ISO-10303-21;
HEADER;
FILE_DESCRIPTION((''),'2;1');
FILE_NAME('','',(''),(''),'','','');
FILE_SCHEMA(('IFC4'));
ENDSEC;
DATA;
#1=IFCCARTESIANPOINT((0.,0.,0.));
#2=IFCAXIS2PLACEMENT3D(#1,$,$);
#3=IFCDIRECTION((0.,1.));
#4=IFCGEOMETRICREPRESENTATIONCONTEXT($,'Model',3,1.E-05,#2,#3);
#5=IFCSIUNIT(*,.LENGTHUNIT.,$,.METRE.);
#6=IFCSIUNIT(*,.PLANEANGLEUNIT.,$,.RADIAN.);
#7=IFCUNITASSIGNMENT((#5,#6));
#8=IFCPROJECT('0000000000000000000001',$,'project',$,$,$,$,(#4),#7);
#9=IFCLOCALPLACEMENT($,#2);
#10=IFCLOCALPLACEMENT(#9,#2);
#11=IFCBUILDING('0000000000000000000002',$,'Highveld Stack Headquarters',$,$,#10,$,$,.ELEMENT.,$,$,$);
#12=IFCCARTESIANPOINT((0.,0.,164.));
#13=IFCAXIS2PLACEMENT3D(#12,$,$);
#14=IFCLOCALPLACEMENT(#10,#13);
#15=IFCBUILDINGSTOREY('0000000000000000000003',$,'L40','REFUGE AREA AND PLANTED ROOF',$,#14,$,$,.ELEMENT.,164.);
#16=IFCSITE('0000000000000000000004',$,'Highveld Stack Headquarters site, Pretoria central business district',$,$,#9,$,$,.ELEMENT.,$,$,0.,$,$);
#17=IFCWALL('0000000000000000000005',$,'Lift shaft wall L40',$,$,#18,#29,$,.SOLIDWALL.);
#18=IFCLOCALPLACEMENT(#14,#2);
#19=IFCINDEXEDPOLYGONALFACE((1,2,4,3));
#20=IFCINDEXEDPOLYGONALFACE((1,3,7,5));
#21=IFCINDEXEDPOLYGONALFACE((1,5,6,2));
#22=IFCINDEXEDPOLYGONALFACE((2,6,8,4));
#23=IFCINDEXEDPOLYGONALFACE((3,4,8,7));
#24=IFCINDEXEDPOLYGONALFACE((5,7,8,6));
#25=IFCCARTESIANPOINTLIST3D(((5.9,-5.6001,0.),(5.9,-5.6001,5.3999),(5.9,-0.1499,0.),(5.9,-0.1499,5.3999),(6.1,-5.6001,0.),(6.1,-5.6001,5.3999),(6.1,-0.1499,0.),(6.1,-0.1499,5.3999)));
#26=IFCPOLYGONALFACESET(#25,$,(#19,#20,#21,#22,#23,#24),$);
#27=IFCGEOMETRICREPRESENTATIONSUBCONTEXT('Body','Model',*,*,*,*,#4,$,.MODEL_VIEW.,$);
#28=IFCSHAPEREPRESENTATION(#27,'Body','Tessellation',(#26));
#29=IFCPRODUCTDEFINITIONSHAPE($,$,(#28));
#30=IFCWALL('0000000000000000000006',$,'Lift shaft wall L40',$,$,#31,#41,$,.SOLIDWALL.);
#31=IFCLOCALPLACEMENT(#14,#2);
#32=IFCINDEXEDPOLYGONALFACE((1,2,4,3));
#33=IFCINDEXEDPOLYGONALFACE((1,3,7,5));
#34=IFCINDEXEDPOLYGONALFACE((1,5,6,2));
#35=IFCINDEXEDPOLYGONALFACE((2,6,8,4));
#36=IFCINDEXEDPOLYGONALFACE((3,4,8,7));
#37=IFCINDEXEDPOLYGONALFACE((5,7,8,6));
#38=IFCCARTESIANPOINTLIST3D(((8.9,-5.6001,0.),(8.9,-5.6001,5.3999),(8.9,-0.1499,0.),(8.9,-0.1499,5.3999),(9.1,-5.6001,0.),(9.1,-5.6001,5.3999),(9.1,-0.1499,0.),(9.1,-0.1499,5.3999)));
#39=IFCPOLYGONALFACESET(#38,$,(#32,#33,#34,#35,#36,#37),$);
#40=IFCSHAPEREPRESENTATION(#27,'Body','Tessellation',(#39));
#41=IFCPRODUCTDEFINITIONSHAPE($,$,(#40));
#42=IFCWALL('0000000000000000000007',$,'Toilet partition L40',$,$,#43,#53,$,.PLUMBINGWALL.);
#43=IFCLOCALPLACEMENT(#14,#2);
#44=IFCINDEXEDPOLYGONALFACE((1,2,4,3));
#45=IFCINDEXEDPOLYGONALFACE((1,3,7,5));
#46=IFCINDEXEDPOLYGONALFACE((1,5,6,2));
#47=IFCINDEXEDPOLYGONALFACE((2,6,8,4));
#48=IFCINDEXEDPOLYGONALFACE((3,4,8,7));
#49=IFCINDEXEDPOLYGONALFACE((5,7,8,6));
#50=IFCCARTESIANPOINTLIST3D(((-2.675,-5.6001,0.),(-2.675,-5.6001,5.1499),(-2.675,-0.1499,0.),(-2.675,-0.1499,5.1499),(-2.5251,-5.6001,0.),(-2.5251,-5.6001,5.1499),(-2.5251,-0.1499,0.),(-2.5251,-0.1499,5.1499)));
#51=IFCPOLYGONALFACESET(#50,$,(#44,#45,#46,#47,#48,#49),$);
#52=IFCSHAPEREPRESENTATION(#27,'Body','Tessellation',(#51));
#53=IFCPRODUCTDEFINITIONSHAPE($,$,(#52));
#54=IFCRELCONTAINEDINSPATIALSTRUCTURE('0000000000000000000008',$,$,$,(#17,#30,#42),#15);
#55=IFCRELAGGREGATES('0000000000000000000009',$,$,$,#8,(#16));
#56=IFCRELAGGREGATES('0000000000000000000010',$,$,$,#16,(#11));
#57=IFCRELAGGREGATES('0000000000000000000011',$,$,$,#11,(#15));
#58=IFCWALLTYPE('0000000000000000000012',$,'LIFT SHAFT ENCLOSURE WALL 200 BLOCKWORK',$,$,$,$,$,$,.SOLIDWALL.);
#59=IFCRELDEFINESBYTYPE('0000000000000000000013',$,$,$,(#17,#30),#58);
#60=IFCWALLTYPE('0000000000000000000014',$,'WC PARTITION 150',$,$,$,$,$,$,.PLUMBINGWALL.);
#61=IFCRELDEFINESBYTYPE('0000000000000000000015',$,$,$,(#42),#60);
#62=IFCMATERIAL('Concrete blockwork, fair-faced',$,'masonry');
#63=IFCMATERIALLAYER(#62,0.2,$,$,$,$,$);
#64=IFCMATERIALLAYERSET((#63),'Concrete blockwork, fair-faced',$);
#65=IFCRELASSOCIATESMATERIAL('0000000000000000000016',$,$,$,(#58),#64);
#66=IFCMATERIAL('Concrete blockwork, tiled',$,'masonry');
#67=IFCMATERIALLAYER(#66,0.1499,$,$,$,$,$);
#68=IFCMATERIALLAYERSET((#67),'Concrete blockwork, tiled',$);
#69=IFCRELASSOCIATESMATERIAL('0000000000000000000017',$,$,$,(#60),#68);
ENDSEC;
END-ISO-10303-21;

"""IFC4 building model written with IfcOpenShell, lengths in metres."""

from ifc_helpers import new_model, si_unit, direction, frame, frame_2d, origin, place, context, subcontext, project, spatial, rectangle, extrude, material, layer, layer_set, type_object, element, save


model = new_model("IFC4")

# Units and contexts
model_context = context("Model", 3, precision=1e-05, world=origin(), true_north=direction((0.0, 1.0)))
body_context = subcontext(model_context, "Body", "Model", "MODEL_VIEW")
ifc_project = project(units=[si_unit("LENGTHUNIT", "METRE"), si_unit("PLANEANGLEUNIT", "RADIAN")], contexts=[model_context])

# Site, building, storey
site_placement = place(None, origin())
site = spatial("IfcSite", under=ifc_project, at=site_placement, Name="Highveld Stack Headquarters site, Pretoria central business district", CompositionType="ELEMENT", RefElevation=0.0)
building_placement = place(site_placement, origin())
building = spatial("IfcBuilding", under=site, at=building_placement, Name="Highveld Stack Headquarters", CompositionType="ELEMENT")
storey_placement = place(building_placement, frame((0.0, 0.0, 164.0)))
storey = spatial("IfcBuildingStorey", under=building, at=storey_placement, Name="L40", Description="REFUGE AREA AND PLANTED ROOF", CompositionType="ELEMENT", Elevation=164.0)

# Walls
ifc_material_1 = material(Name="Concrete blockwork, fair-faced", Category="masonry")
ifc_layer_1 = layer(ifc_material_1, 0.2)
ifc_layer_set_1 = layer_set([ifc_layer_1], Name="Concrete blockwork, fair-faced")
wall_type_1 = type_object("IfcWallType", Name="LIFT SHAFT ENCLOSURE WALL 200 BLOCKWORK", PredefinedType="SOLIDWALL", material=ifc_layer_set_1)
for number, where, z_axis, x_axis, name in (
    (1, (6.0, -5.6001, 0.0), (0.0, 0.0, 1.0), (0.0, 1.0, 0.0), "Lift shaft wall L40"),
    (2, (9.0, -5.6001, 0.0), (0.0, 0.0, 1.0), (0.0, 1.0, 0.0), "Lift shaft wall L40"),
):
    element("IfcWall", number, at=place(storey_placement, frame(where, z_axis=z_axis, x_axis=x_axis)), inside=storey, type_object=wall_type_1, Name=name, PredefinedType="SOLIDWALL", context=body_context, shape_type="SweptSolid", body=[
        extrude(rectangle(XDim=5.4502, YDim=0.2, at=frame_2d((2.7251, 0.0))), origin(), (0.0, 0.0, 1.0), 5.3999),
    ])
ifc_material_2 = material(Name="Concrete blockwork, tiled", Category="masonry")
ifc_layer_2 = layer(ifc_material_2, 0.1499)
ifc_layer_set_2 = layer_set([ifc_layer_2], Name="Concrete blockwork, tiled")
wall_type_2 = type_object("IfcWallType", Name="WC PARTITION 150", PredefinedType="PLUMBINGWALL", material=ifc_layer_set_2)
wall_1_placement = place(storey_placement, frame((-2.6001, -5.6001, 0.0), z_axis=(0.0, 0.0, 1.0), x_axis=(0.0, 1.0, 0.0)))
element("IfcWall", 3, at=wall_1_placement, inside=storey, type_object=wall_type_2, Name="Toilet partition L40", PredefinedType="PLUMBINGWALL", context=body_context, shape_type="SweptSolid", body=[
    extrude(rectangle(XDim=5.4502, YDim=0.1499, at=frame_2d((2.7251, 0.0))), origin(), (0.0, 0.0, 1.0), 5.1499),
])

save(model, "model.ifc")
